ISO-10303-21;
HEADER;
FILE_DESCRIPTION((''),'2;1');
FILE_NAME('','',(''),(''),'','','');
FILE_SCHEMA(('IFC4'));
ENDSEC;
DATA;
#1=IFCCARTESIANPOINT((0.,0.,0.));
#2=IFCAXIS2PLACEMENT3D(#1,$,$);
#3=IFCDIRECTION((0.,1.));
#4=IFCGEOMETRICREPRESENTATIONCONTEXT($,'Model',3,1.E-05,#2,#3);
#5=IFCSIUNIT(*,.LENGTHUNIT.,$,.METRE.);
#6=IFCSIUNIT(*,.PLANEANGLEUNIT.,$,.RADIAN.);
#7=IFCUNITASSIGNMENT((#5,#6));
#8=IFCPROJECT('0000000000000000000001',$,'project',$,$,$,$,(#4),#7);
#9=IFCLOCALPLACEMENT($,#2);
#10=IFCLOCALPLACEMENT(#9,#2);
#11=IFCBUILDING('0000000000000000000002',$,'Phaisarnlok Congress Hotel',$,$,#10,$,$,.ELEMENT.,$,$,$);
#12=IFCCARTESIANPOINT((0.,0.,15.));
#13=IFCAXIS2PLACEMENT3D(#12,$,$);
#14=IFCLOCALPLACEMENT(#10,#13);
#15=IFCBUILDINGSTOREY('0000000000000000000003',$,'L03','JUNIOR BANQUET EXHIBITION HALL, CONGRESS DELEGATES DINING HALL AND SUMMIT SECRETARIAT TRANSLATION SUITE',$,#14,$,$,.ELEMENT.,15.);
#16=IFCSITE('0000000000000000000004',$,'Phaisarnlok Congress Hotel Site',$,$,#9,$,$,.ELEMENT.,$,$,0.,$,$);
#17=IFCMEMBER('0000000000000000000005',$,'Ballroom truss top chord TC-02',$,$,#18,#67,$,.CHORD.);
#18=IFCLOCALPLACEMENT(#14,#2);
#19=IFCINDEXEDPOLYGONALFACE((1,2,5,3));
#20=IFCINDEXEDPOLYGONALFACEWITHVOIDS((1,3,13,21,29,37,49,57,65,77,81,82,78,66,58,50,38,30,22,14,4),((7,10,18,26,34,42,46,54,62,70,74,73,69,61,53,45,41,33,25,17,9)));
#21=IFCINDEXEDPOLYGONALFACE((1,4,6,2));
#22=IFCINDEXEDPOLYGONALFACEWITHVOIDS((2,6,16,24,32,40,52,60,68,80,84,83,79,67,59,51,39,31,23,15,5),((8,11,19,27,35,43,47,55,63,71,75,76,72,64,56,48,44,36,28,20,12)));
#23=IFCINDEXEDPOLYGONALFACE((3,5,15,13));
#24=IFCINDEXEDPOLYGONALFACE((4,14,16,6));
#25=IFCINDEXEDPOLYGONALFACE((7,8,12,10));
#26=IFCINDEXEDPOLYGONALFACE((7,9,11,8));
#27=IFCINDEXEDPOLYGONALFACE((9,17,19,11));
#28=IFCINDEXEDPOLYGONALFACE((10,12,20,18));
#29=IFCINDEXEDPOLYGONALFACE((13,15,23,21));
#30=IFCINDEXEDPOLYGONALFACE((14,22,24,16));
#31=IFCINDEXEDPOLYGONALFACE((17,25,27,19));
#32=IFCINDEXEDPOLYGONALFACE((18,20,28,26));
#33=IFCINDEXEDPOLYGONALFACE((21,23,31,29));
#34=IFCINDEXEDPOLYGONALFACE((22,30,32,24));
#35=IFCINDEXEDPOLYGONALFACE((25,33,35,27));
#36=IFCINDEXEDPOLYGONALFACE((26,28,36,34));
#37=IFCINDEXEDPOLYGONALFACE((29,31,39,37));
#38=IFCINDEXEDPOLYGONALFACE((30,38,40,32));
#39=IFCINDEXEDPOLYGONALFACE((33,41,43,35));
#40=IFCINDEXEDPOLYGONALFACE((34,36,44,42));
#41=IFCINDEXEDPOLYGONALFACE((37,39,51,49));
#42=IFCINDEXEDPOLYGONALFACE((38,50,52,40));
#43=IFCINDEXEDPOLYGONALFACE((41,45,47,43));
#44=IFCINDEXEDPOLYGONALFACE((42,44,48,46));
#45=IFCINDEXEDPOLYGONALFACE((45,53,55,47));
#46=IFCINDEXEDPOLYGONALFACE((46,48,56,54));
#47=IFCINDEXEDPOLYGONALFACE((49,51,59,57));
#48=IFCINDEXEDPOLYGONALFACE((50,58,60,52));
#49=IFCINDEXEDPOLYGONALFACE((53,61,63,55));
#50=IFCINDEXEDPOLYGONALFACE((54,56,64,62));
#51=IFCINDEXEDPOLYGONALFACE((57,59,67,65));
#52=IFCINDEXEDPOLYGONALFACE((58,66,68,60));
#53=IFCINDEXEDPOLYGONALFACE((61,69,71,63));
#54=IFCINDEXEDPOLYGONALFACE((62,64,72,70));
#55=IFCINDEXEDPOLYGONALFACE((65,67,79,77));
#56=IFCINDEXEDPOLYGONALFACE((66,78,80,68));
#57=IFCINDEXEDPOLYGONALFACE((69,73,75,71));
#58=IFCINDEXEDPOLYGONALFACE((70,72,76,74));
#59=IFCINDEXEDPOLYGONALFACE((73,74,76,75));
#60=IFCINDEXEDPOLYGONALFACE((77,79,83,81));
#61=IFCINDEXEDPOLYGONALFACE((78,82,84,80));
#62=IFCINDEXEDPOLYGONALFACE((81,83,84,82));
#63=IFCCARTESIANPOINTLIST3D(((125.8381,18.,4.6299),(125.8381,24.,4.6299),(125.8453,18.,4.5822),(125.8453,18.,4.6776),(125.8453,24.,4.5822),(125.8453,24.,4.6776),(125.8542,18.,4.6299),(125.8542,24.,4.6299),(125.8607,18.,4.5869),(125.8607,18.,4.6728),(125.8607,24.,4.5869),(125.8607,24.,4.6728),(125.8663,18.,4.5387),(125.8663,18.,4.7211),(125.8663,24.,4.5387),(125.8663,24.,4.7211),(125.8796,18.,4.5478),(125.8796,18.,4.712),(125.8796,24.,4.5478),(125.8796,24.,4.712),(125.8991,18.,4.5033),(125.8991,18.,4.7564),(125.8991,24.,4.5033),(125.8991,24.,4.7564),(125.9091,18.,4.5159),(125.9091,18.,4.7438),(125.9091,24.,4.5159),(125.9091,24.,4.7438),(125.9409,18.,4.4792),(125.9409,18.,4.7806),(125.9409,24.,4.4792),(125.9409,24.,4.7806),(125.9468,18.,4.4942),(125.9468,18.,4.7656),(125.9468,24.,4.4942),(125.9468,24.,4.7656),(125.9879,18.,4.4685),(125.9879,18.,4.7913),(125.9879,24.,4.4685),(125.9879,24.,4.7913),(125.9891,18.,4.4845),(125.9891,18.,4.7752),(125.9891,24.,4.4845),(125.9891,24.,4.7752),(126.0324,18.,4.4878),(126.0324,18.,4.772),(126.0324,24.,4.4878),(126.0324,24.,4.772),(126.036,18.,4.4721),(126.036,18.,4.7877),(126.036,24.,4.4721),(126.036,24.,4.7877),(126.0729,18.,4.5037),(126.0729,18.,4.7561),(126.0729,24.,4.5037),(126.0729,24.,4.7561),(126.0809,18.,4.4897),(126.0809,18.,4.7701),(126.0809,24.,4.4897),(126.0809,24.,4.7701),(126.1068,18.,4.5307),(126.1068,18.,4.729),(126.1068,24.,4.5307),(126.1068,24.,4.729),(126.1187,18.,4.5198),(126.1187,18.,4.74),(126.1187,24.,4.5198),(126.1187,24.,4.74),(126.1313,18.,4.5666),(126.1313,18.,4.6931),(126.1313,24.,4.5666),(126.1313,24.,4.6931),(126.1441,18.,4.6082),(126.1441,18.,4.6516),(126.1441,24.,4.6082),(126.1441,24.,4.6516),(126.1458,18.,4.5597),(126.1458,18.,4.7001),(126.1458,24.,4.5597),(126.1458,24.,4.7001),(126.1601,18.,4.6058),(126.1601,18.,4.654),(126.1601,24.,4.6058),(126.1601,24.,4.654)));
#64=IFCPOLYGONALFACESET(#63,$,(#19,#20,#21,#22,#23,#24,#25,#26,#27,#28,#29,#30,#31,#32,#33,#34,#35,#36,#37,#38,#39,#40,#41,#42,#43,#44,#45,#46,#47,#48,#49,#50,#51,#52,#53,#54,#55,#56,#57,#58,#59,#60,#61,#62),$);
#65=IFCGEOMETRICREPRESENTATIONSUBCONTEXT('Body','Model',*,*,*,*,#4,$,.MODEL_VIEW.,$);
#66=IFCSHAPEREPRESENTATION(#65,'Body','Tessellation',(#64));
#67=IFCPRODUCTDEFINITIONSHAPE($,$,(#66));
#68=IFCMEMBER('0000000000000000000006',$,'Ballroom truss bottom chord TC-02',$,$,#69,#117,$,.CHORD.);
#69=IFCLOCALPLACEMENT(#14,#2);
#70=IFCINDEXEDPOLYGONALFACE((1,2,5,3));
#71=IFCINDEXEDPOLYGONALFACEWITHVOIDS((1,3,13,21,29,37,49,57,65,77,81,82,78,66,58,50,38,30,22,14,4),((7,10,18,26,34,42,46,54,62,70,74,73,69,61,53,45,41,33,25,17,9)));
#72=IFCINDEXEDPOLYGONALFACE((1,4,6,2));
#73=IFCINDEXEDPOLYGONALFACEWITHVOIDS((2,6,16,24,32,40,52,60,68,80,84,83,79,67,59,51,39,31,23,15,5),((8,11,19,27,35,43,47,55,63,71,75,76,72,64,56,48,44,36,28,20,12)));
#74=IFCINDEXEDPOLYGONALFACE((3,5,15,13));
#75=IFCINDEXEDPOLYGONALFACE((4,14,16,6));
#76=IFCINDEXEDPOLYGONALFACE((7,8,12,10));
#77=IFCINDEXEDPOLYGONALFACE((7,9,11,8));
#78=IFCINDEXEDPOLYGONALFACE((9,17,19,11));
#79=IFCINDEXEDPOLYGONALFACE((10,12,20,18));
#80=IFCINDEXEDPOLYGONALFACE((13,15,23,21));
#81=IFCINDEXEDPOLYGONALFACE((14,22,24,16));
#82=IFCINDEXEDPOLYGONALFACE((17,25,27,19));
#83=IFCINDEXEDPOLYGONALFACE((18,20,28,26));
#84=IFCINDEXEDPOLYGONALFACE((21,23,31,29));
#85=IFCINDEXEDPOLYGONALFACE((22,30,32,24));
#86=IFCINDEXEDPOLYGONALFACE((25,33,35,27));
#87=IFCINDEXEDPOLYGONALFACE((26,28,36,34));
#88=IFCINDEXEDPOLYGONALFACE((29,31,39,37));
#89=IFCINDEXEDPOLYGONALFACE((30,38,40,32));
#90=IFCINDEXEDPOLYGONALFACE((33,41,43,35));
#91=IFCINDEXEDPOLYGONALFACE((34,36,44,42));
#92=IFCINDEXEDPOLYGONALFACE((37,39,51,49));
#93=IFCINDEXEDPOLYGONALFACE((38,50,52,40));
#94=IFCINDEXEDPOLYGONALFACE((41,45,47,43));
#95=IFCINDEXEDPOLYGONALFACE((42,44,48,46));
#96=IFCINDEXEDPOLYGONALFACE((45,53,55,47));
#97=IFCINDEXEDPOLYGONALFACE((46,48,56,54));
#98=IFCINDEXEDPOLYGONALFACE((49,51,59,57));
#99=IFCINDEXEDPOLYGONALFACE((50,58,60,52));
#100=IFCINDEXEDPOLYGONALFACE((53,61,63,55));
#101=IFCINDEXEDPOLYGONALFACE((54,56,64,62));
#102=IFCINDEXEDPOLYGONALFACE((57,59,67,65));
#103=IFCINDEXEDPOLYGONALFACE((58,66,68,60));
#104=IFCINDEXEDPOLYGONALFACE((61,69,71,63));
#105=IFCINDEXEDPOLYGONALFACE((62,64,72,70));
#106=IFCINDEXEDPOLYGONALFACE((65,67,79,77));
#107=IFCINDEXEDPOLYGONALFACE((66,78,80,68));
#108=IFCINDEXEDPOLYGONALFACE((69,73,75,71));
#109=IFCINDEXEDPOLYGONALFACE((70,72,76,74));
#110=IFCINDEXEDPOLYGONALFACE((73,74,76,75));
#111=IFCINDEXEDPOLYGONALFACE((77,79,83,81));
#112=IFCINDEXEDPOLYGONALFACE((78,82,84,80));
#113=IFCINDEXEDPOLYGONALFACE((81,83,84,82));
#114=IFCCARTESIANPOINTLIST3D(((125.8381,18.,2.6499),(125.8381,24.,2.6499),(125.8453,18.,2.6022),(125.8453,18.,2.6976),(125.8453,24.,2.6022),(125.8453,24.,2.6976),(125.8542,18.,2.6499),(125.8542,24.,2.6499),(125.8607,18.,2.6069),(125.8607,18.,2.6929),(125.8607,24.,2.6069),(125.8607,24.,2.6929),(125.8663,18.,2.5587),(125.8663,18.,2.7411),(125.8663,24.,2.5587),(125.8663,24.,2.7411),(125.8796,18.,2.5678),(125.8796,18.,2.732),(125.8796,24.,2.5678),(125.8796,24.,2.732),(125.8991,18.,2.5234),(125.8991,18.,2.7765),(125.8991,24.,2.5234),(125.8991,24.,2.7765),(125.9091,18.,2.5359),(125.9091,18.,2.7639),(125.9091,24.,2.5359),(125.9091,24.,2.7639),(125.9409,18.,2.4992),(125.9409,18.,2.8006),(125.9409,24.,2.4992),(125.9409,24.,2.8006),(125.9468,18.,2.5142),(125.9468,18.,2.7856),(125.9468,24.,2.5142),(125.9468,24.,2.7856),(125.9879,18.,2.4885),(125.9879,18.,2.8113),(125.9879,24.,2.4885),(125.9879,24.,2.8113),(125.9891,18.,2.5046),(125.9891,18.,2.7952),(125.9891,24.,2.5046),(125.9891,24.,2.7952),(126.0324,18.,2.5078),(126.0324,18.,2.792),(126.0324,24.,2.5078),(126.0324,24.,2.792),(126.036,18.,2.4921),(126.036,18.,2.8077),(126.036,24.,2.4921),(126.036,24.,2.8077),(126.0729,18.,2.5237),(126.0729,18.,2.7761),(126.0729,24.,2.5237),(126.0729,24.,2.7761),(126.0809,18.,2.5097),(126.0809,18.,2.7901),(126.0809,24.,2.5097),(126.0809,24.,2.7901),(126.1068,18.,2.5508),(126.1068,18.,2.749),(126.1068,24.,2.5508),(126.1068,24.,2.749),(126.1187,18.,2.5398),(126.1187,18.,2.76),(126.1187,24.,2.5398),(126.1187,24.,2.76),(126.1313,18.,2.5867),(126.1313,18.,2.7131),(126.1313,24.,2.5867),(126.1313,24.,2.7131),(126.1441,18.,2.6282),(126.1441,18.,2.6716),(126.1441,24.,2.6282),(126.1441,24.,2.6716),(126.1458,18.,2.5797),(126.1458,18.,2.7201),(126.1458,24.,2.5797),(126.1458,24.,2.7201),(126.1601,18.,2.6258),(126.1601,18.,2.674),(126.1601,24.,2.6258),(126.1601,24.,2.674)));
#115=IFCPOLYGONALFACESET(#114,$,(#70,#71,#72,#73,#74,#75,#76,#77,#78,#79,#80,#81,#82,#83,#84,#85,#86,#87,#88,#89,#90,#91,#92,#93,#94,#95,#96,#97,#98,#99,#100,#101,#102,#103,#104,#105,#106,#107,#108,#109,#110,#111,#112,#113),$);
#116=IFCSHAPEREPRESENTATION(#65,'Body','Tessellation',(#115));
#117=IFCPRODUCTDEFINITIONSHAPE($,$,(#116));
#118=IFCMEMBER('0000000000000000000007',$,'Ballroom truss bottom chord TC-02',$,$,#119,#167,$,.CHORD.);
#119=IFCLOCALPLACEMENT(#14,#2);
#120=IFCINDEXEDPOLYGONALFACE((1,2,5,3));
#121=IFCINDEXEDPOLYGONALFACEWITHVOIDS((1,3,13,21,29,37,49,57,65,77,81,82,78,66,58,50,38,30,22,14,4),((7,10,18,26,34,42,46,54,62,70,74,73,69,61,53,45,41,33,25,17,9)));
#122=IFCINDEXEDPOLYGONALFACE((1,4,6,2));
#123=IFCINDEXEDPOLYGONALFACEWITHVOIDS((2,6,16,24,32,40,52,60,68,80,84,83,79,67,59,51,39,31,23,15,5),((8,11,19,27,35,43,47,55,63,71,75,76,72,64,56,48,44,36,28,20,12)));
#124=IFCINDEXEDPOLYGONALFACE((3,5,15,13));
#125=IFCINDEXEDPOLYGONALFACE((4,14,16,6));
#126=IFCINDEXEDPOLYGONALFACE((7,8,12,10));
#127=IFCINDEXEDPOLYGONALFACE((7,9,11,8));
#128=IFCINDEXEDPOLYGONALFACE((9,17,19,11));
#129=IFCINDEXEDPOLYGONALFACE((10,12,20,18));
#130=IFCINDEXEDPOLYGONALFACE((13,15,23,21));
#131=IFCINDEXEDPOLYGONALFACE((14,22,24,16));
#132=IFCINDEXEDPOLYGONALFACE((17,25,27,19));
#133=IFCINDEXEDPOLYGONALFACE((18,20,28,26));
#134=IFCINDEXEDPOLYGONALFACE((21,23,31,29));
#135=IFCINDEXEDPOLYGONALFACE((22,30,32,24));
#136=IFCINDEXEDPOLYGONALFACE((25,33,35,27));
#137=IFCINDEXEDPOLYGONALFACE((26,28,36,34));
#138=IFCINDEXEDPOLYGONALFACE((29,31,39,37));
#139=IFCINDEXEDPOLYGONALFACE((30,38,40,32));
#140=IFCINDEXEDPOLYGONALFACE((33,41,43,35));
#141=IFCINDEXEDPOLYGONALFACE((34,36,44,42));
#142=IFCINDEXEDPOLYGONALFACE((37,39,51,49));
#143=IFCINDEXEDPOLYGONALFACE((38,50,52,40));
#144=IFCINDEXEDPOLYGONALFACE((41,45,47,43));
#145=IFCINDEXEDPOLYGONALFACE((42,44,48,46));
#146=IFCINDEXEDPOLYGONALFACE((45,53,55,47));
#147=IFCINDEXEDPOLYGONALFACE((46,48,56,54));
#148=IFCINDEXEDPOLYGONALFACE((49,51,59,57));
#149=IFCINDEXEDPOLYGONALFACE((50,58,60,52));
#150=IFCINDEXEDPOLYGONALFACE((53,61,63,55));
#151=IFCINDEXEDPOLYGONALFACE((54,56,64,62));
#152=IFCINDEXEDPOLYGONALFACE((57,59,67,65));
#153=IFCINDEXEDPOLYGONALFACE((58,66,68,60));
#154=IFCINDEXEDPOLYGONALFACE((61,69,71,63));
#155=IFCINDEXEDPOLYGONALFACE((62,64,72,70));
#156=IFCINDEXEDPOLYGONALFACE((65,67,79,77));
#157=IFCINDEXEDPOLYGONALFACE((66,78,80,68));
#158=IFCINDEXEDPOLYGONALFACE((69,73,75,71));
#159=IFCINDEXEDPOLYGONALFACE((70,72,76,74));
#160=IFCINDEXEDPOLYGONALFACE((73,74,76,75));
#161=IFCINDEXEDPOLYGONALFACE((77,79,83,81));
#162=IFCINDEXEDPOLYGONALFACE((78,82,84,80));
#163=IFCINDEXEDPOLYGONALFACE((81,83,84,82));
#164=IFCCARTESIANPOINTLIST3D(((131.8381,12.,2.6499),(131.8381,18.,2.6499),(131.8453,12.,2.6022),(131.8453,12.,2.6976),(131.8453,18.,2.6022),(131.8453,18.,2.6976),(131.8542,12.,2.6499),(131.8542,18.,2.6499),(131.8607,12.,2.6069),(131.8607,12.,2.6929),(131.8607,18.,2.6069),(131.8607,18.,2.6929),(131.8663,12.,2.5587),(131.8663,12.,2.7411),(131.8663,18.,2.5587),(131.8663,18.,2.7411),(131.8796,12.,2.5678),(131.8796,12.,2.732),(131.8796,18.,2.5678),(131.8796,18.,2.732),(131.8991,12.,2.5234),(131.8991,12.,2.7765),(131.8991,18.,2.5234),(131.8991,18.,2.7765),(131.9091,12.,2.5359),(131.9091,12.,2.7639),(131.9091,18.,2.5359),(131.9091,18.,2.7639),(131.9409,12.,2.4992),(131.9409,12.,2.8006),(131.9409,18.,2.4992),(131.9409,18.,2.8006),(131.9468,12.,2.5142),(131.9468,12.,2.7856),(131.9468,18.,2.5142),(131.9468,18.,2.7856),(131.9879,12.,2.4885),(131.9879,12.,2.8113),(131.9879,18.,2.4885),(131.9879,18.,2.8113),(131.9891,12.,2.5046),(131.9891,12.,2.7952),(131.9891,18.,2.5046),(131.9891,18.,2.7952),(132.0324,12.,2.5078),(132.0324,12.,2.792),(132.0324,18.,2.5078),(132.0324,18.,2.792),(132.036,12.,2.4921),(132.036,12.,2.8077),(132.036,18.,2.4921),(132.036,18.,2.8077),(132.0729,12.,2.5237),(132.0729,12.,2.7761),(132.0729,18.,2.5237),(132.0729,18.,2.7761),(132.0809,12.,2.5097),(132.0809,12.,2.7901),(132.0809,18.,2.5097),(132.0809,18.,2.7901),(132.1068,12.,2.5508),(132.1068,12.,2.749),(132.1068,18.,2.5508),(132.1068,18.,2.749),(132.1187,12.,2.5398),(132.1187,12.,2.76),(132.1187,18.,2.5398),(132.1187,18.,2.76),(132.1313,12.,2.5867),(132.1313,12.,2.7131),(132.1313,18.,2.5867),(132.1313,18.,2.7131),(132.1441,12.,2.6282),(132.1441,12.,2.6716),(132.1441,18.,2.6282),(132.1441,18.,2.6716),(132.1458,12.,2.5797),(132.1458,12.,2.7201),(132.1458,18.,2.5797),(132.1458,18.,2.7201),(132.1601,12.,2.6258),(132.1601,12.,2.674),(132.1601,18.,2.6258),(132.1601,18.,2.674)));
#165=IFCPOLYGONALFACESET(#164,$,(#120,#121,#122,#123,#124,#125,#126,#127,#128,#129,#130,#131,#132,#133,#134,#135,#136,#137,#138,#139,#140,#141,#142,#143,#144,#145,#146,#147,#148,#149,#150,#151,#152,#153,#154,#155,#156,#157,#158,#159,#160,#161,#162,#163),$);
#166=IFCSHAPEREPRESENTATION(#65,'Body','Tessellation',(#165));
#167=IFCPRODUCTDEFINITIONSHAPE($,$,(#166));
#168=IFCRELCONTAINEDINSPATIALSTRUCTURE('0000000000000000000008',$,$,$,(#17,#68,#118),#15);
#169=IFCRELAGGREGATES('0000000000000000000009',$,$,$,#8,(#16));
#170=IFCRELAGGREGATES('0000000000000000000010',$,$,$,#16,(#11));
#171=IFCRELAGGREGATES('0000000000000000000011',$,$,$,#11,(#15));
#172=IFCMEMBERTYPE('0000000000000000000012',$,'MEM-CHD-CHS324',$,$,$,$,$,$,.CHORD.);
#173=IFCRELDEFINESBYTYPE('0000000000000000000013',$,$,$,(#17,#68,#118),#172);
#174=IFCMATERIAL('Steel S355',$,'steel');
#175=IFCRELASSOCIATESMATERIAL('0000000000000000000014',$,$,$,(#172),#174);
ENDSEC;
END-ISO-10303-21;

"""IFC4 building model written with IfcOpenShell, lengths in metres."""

from ifc_helpers import new_model, si_unit, direction, frame, origin, origin_2d, place, context, subcontext, project, spatial, hollow_circle, extrude, material, material_profile, profile_set, type_object, element, save


model = new_model("IFC4")

# Units and contexts
model_context = context("Model", 3, precision=1e-05, world=origin(), true_north=direction((0.0, 1.0)))
body_context = subcontext(model_context, "Body", "Model", "MODEL_VIEW")
ifc_project = project(units=[si_unit("LENGTHUNIT", "METRE"), si_unit("PLANEANGLEUNIT", "RADIAN")], contexts=[model_context])

# Site, building, storey
site_placement = place(None, origin())
site = spatial("IfcSite", under=ifc_project, at=site_placement, Name="Phaisarnlok Congress Hotel Site", CompositionType="ELEMENT", RefElevation=0.0)
building_placement = place(site_placement, origin())
building = spatial("IfcBuilding", under=site, at=building_placement, Name="Phaisarnlok Congress Hotel", CompositionType="ELEMENT")
storey_placement = place(building_placement, frame((0.0, 0.0, 15.0)))
storey = spatial("IfcBuildingStorey", under=building, at=storey_placement, Name="L03", Description="JUNIOR BANQUET EXHIBITION HALL, CONGRESS DELEGATES DINING HALL AND SUMMIT SECRETARIAT TRANSLATION SUITE", CompositionType="ELEMENT", Elevation=15.0)

# Members
ifc_material = material(Name="Steel S355", Category="steel")
ifc_material_profile_1 = material_profile(ifc_material, hollow_circle(Radius=0.1619, WallThickness=0.0161, at=origin_2d()), Name="CHS 323.9x16")
ifc_profile_set_1 = profile_set([ifc_material_profile_1], Name="Steel S355")
member_type_1 = type_object("IfcMemberType", Name="MEM-CHD-CHS324", PredefinedType="CHORD", material=ifc_profile_set_1)
for number, where, z_axis, x_axis, name in (
    (1, (126.0, 18.0, 4.6299), (0.0, 1.0, 0.0), (-1.0, 0.0, 0.0), "Ballroom truss top chord TC-02"),
    (2, (126.0, 18.0, 2.6499), (0.0, 1.0, 0.0), (-1.0, 0.0, 0.0), "Ballroom truss bottom chord TC-02"),
    (3, (132.0, 12.0, 2.6499), (0.0, 1.0, 0.0), (-1.0, 0.0, 0.0), "Ballroom truss bottom chord TC-02"),
):
    element("IfcMember", number, at=place(storey_placement, frame(where, z_axis=z_axis, x_axis=x_axis)), inside=storey, type_object=member_type_1, Name=name, PredefinedType="CHORD", context=body_context, shape_type="SweptSolid", body=[
        extrude(hollow_circle(Radius=0.1619, WallThickness=0.0161, at=origin_2d()), origin(), (0.0, 0.0, 1.0), 6.0),
    ])

save(model, "model.ifc")
